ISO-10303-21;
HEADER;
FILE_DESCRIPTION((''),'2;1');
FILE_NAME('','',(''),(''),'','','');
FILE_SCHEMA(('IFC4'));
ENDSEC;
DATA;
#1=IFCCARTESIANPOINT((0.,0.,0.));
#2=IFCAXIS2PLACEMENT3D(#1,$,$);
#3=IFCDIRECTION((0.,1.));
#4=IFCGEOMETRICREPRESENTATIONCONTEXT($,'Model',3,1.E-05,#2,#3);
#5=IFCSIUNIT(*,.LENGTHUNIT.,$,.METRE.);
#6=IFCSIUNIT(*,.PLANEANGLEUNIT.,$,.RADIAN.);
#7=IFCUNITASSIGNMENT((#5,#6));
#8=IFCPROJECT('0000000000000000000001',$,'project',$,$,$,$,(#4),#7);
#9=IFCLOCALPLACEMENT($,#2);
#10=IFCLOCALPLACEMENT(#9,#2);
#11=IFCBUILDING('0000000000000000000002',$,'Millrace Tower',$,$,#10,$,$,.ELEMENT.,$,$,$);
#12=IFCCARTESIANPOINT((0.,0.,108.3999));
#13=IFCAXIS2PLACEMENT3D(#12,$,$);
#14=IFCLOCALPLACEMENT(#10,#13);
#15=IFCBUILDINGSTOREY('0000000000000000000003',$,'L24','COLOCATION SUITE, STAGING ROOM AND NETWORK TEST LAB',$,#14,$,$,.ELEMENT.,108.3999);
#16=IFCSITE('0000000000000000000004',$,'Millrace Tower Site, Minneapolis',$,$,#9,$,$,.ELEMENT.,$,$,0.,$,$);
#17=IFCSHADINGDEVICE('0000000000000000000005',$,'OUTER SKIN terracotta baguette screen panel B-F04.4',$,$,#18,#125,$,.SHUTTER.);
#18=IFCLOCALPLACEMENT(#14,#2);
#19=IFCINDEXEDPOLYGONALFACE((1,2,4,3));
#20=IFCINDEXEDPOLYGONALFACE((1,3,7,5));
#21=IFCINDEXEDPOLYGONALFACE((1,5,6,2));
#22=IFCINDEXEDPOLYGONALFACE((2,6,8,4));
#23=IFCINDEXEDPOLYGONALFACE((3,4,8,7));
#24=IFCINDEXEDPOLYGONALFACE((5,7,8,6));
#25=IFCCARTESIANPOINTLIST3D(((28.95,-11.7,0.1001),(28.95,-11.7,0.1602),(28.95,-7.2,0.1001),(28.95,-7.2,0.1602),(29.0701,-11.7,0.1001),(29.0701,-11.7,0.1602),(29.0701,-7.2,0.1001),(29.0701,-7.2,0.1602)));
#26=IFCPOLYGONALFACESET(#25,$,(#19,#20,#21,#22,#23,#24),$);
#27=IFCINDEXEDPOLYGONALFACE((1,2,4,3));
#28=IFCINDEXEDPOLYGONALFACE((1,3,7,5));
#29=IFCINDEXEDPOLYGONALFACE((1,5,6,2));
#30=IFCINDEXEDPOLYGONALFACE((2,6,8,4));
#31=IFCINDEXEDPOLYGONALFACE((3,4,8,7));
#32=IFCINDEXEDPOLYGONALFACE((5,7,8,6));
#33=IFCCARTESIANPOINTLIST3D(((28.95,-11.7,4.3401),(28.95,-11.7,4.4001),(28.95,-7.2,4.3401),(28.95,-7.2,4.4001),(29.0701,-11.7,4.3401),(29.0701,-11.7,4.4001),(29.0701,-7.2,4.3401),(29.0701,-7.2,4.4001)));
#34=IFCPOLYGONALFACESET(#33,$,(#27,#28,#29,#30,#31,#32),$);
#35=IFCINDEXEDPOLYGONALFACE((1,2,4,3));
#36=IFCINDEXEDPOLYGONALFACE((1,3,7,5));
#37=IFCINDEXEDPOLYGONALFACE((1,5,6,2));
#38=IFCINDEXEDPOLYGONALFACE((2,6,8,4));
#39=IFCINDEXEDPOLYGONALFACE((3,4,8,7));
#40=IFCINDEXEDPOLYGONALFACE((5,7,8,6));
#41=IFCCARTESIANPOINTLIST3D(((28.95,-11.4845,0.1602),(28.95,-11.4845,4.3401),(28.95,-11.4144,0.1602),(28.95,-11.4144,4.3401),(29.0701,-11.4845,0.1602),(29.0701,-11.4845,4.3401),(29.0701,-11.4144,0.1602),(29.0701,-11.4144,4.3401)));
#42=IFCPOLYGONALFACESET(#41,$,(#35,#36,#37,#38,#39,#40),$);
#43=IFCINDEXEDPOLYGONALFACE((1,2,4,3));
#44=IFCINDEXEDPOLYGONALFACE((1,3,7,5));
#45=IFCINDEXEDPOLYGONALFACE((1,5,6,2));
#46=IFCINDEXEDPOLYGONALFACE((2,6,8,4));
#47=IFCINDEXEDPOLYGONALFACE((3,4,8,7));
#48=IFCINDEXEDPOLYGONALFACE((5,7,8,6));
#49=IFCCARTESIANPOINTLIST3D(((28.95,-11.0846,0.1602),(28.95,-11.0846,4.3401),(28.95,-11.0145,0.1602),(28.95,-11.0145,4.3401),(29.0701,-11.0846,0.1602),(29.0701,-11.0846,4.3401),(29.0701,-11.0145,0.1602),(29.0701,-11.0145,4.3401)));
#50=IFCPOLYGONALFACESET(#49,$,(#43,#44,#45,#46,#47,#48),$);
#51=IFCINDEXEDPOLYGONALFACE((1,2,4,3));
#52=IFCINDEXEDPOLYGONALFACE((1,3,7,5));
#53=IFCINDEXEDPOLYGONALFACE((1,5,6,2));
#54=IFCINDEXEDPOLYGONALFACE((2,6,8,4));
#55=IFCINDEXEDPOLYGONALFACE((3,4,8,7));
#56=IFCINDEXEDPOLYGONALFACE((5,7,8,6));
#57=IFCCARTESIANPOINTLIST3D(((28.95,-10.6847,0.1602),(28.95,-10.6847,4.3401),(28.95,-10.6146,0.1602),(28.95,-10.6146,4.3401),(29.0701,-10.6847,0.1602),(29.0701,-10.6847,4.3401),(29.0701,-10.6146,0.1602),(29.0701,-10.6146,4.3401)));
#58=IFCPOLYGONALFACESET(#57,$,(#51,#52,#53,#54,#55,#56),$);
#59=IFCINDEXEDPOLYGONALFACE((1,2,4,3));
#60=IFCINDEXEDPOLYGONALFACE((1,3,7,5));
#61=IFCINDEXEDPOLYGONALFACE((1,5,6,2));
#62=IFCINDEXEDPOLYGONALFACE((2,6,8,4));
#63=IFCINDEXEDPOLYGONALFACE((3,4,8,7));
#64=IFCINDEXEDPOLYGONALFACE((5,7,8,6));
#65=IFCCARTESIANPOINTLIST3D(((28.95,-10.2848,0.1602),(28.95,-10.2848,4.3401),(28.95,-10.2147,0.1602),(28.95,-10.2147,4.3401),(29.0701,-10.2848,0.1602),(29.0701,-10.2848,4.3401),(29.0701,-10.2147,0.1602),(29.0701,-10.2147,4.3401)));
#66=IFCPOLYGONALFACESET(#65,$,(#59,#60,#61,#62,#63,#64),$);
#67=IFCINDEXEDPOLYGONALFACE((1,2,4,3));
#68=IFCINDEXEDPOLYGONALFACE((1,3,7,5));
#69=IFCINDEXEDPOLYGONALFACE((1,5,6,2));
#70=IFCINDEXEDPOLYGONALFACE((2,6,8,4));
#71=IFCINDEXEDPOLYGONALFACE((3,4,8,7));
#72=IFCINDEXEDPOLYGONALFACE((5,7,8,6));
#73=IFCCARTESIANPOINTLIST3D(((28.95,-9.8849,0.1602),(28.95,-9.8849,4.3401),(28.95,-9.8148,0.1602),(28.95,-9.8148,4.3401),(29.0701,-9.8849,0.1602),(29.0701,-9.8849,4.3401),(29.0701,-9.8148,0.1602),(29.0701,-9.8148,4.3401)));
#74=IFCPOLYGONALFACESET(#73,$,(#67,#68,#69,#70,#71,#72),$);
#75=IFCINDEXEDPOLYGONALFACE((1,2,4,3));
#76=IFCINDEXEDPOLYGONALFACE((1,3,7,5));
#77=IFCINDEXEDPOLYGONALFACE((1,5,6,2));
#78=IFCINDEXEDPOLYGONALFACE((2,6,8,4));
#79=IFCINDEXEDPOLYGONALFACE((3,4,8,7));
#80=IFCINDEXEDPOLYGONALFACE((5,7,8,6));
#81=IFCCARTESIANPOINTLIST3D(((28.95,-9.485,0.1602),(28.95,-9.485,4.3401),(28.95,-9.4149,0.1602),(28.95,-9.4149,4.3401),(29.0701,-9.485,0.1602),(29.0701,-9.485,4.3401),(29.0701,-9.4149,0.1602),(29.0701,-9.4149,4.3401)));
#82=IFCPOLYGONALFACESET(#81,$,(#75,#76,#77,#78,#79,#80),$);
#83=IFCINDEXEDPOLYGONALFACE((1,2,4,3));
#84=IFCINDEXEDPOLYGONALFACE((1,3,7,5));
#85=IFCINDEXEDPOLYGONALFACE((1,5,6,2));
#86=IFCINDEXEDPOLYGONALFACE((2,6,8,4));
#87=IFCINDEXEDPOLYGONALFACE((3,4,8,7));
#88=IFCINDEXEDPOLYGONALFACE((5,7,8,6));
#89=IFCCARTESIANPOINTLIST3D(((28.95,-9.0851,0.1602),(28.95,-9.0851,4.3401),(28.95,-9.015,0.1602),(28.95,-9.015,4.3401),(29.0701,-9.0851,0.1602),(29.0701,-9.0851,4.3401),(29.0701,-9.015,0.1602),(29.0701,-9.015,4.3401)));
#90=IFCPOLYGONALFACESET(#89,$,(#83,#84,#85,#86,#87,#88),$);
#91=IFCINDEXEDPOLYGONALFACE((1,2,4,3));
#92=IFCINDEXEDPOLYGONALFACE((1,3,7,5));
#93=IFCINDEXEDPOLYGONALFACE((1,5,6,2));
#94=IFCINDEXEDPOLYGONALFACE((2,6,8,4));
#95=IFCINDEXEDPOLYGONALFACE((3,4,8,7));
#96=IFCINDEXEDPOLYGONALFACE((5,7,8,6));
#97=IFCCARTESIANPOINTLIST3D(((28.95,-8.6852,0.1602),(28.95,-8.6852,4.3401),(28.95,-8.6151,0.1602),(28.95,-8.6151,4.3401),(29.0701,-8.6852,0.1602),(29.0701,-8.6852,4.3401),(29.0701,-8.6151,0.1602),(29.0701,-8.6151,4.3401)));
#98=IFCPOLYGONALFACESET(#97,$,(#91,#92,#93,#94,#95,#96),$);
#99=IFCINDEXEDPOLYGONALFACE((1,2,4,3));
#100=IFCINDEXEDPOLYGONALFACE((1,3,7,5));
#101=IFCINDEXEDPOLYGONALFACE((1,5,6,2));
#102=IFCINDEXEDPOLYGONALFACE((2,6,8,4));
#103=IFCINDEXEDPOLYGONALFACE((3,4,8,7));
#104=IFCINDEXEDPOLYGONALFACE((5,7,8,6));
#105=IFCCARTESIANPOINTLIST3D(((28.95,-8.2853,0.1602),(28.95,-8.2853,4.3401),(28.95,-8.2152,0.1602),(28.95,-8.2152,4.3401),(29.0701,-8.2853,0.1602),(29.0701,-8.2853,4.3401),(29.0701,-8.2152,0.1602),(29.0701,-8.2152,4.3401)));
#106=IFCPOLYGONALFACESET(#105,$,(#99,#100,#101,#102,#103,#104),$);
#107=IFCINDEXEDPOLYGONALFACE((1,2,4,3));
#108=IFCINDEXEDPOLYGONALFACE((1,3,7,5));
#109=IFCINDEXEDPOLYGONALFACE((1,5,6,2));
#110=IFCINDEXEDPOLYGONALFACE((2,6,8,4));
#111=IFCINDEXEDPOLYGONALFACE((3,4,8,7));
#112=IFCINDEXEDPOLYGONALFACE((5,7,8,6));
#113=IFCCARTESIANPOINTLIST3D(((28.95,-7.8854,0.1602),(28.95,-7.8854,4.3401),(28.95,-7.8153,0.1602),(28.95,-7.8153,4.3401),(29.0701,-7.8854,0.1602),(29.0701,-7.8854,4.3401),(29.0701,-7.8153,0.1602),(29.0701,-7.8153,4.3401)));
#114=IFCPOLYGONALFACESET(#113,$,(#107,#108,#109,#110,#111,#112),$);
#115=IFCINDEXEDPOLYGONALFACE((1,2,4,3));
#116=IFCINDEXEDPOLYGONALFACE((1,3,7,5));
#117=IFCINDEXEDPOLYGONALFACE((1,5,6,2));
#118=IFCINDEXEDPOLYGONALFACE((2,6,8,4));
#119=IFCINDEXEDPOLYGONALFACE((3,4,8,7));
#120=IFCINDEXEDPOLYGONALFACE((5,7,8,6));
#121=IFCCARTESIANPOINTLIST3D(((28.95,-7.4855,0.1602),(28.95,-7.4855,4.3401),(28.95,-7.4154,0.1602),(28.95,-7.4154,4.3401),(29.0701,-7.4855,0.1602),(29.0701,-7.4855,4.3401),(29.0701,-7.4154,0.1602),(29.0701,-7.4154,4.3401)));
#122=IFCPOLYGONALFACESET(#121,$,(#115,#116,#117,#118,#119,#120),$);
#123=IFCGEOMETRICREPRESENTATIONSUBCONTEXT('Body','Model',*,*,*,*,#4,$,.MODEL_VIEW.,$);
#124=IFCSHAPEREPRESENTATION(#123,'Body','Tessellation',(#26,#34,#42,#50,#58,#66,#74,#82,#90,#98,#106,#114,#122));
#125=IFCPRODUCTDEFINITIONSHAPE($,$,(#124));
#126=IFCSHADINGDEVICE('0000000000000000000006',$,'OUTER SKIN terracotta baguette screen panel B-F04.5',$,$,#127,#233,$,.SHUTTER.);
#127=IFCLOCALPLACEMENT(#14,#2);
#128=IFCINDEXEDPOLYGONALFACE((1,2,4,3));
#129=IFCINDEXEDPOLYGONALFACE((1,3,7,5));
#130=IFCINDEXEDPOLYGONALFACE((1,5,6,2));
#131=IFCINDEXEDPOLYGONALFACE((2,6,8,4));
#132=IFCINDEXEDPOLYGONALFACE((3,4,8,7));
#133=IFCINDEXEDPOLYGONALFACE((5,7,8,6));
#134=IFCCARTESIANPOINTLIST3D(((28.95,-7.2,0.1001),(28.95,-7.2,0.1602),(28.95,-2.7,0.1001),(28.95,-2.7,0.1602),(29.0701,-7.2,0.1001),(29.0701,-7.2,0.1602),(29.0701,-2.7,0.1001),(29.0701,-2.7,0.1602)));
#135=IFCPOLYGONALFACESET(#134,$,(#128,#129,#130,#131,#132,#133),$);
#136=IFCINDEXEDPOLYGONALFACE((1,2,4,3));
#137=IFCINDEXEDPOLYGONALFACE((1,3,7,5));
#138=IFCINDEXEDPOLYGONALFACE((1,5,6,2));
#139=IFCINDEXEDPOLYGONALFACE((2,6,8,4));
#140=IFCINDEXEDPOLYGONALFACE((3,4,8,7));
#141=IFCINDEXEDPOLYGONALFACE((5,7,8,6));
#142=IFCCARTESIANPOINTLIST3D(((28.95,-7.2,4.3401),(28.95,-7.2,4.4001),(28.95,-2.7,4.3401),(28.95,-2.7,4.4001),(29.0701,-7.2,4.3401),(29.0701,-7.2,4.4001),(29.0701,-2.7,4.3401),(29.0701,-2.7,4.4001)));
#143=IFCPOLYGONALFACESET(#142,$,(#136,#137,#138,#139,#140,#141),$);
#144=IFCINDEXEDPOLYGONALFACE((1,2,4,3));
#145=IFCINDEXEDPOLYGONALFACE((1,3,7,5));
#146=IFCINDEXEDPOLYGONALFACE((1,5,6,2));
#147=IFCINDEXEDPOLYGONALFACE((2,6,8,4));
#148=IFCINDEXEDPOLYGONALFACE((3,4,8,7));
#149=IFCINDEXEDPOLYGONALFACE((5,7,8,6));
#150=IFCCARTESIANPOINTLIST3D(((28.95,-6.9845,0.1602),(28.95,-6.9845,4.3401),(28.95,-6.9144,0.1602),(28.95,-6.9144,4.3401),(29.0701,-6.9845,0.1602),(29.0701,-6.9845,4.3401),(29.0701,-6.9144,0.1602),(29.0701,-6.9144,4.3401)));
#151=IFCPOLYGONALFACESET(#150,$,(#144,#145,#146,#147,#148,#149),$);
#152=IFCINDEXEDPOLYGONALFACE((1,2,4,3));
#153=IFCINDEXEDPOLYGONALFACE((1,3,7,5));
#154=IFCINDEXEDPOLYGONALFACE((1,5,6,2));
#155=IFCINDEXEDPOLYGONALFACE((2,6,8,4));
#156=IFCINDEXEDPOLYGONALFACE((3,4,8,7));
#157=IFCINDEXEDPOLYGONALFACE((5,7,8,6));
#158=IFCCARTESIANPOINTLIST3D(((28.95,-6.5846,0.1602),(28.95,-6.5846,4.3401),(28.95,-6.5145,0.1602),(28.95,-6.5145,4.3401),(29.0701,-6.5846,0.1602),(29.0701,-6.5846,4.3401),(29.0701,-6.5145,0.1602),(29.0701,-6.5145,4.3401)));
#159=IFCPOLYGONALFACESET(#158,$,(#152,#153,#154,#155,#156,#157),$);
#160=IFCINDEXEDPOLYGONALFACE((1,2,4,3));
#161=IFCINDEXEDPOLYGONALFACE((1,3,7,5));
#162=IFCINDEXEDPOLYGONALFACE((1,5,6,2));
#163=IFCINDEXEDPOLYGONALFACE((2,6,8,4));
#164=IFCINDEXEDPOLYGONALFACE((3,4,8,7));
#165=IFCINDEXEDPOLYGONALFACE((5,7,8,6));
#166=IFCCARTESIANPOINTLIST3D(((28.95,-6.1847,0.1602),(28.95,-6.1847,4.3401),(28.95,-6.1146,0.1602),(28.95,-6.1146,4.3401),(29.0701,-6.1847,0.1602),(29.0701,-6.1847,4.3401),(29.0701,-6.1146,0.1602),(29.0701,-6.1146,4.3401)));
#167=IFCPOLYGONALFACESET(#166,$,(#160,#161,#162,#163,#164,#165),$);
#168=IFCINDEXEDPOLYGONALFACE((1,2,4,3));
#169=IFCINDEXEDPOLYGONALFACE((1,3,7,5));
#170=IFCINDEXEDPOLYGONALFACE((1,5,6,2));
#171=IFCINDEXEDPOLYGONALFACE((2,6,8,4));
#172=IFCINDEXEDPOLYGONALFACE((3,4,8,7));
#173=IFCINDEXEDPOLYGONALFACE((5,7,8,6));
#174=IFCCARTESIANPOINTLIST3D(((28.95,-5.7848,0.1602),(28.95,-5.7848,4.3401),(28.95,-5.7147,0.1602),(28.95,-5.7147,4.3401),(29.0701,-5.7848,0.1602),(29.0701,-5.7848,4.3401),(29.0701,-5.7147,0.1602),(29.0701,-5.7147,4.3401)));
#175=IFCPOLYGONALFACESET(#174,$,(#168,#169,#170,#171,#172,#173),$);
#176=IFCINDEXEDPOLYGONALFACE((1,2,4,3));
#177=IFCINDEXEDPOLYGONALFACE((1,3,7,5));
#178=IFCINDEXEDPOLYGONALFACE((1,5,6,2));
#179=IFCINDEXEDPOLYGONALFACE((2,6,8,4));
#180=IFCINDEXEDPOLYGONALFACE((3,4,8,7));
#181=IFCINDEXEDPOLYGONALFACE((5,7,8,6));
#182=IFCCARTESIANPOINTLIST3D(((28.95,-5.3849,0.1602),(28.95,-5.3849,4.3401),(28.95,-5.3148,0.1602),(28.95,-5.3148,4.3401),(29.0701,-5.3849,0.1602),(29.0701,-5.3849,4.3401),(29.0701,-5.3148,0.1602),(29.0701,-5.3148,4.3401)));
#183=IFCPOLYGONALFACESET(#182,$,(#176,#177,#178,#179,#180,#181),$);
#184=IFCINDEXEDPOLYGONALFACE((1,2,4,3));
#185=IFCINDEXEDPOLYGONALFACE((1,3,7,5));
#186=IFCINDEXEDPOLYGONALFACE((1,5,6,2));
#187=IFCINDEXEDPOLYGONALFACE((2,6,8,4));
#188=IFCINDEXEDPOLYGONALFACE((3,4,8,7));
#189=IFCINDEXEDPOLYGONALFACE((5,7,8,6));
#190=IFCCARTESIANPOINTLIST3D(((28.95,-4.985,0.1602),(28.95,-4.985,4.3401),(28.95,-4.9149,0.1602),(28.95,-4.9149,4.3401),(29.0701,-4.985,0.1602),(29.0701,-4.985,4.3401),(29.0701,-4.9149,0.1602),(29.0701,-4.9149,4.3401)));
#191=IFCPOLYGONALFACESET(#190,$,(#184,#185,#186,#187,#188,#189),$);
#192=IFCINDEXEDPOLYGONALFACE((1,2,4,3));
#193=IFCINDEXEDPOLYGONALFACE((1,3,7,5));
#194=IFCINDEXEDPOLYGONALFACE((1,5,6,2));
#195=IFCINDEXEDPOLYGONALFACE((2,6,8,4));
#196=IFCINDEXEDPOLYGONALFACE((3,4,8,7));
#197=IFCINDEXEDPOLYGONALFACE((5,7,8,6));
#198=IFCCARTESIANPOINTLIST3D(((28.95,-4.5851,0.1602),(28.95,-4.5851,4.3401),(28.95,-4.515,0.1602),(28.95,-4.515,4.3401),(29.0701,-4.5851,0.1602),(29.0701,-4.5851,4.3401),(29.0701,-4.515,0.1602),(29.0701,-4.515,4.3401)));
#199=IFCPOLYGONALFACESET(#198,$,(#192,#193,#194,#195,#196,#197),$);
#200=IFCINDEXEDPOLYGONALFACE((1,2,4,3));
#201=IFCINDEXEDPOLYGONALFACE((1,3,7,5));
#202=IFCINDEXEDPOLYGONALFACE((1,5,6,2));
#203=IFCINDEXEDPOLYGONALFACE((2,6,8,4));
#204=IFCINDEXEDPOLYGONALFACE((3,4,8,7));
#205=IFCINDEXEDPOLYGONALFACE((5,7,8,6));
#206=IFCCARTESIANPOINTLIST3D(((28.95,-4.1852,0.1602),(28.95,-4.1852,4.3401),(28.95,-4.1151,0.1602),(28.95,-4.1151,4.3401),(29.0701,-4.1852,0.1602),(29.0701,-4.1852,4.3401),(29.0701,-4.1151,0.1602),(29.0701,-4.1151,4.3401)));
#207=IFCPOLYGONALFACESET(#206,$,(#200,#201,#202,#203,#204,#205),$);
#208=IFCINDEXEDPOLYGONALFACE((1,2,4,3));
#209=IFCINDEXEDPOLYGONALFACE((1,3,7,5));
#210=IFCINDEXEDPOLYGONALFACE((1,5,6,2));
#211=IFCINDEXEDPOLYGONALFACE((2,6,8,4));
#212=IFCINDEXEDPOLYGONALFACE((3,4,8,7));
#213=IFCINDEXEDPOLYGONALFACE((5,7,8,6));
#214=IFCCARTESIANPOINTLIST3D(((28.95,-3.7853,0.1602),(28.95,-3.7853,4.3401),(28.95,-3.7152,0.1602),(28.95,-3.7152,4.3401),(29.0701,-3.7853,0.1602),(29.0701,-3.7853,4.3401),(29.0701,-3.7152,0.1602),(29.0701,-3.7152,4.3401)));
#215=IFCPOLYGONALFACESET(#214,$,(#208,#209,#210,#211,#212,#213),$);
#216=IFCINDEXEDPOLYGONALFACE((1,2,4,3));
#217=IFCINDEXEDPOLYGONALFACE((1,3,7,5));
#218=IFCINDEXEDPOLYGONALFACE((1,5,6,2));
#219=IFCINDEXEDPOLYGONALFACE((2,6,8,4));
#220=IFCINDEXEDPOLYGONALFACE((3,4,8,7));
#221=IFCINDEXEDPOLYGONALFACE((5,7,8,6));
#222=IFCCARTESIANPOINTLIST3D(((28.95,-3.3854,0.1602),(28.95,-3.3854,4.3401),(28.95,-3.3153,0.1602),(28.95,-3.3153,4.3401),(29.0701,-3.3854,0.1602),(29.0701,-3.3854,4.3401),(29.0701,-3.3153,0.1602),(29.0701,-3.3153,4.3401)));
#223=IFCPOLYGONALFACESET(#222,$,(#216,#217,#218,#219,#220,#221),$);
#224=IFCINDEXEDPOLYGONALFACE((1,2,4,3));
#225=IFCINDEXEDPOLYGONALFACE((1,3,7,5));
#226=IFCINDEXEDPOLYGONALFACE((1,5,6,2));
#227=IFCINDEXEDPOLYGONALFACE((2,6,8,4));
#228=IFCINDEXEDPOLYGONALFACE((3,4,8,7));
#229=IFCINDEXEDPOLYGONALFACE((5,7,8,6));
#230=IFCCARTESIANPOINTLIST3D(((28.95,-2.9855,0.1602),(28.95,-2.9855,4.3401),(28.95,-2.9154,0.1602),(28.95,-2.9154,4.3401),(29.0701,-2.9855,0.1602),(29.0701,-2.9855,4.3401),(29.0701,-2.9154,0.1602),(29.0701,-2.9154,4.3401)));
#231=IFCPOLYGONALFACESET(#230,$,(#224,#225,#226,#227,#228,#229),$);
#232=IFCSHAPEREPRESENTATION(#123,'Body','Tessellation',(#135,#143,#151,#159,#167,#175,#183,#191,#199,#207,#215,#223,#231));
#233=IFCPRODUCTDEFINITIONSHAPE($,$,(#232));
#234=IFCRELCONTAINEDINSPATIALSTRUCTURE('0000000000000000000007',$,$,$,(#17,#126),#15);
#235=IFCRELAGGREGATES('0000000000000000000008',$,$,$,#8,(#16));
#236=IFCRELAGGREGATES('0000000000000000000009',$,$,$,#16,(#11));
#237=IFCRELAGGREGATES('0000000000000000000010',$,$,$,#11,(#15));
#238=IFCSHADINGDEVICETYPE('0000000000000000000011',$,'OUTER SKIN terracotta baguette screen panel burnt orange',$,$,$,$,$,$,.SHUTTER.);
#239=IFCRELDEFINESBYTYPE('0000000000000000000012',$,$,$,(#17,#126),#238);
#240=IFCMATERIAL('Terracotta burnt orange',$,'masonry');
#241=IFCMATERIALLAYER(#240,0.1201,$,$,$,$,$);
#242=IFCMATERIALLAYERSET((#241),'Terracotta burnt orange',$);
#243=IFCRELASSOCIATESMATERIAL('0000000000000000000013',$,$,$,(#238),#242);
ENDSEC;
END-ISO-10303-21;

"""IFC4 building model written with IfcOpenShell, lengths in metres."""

from ifc_helpers import new_model, entity, si_unit, direction, frame, frame_2d, origin, origin_2d, place, context, subcontext, project, spatial, rectangle, extrude, source, transform, mapped, material, layer, layer_set, type_object, element, save


model = new_model("IFC4")

# Units and contexts
model_context = context("Model", 3, precision=1e-05, world=origin(), true_north=direction((0.0, 1.0)))
body_context = subcontext(model_context, "Body", "Model", "MODEL_VIEW")
ifc_project = project(units=[si_unit("LENGTHUNIT", "METRE"), si_unit("PLANEANGLEUNIT", "RADIAN")], contexts=[model_context])

# Site, building, storey
site_placement = place(None, origin())
site = spatial("IfcSite", under=ifc_project, at=site_placement, Name="Millrace Tower Site, Minneapolis", CompositionType="ELEMENT", RefElevation=0.0)
building_placement = place(site_placement, origin())
building = spatial("IfcBuilding", under=site, at=building_placement, Name="Millrace Tower", CompositionType="ELEMENT")
storey_placement = place(building_placement, frame((0.0, 0.0, 108.3999)))
storey = spatial("IfcBuildingStorey", under=building, at=storey_placement, Name="L24", Description="COLOCATION SUITE, STAGING ROOM AND NETWORK TEST LAB", CompositionType="ELEMENT", Elevation=108.3999)

# Shading devices
ifc_material_1 = material(Name="Terracotta burnt orange", Category="masonry")
ifc_layer_1 = layer(ifc_material_1, 0.1201)
ifc_layer_set_1 = layer_set([ifc_layer_1], Name="Terracotta burnt orange")
shading_device_type = type_object("IfcShadingDeviceType", Name="OUTER SKIN terracotta baguette screen panel burnt orange", PredefinedType="SHUTTER", material=ifc_layer_set_1)
cartesian_point = entity("IfcCartesianPoint", [-2.25, 0.0601])
shared_polyline = entity("IfcPolyline", [cartesian_point, entity("IfcCartesianPoint", [2.25, 0.0601]), entity("IfcCartesianPoint", [2.25, -0.0601]), entity("IfcCartesianPoint", [-2.25, -0.0601]), cartesian_point])
shared_shape = source(origin(), body_context, "Body", "SweptSolid", [
    entity("IfcExtrudedAreaSolid", entity("IfcArbitraryClosedProfileDef", "AREA", None, shared_polyline), entity("IfcAxis2Placement3D", entity("IfcCartesianPoint", [0.0, 0.0, 0.0])), entity("IfcDirection", [0.0, 0.0, 1.0]), 0.0601),
    entity("IfcExtrudedAreaSolid", entity("IfcArbitraryClosedProfileDef", "AREA", None, shared_polyline), entity("IfcAxis2Placement3D", entity("IfcCartesianPoint", [0.0, 0.0, 4.24])), entity("IfcDirection", [0.0, 0.0, 1.0]), 0.0601),
    extrude(rectangle(XDim=0.0701, YDim=0.1201, at=frame_2d((-1.9995, 0.0))), frame((0.0, 0.0, 0.0601)), (0.0, 0.0, 1.0), 4.1799),
    extrude(rectangle(XDim=0.0701, YDim=0.1201, at=frame_2d((-1.5996, 0.0))), frame((0.0, 0.0, 0.0601)), (0.0, 0.0, 1.0), 4.1799),
    extrude(rectangle(XDim=0.0701, YDim=0.1201, at=frame_2d((-1.1997, 0.0))), frame((0.0, 0.0, 0.0601)), (0.0, 0.0, 1.0), 4.1799),
    extrude(rectangle(XDim=0.0701, YDim=0.1201, at=frame_2d((-0.7998, 0.0))), frame((0.0, 0.0, 0.0601)), (0.0, 0.0, 1.0), 4.1799),
    extrude(rectangle(XDim=0.0701, YDim=0.1201, at=frame_2d((-0.3999, 0.0))), frame((0.0, 0.0, 0.0601)), (0.0, 0.0, 1.0), 4.1799),
    extrude(rectangle(XDim=0.0701, YDim=0.1201, at=origin_2d()), frame((0.0, 0.0, 0.0601)), (0.0, 0.0, 1.0), 4.1799),
    extrude(rectangle(XDim=0.0701, YDim=0.1201, at=frame_2d((0.3999, 0.0))), frame((0.0, 0.0, 0.0601)), (0.0, 0.0, 1.0), 4.1799),
    extrude(rectangle(XDim=0.0701, YDim=0.1201, at=frame_2d((0.7998, 0.0))), frame((0.0, 0.0, 0.0601)), (0.0, 0.0, 1.0), 4.1799),
    extrude(rectangle(XDim=0.0701, YDim=0.1201, at=frame_2d((1.1997, 0.0))), frame((0.0, 0.0, 0.0601)), (0.0, 0.0, 1.0), 4.1799),
    extrude(rectangle(XDim=0.0701, YDim=0.1201, at=frame_2d((1.5996, 0.0))), frame((0.0, 0.0, 0.0601)), (0.0, 0.0, 1.0), 4.1799),
    extrude(rectangle(XDim=0.0701, YDim=0.1201, at=frame_2d((1.9995, 0.0))), frame((0.0, 0.0, 0.0601)), (0.0, 0.0, 1.0), 4.1799),
])
for number, where, z_axis, x_axis, name in (
    (1, (29.01, -9.45, 0.1001), (0.0, 0.0, 1.0), (0.0, 1.0, 0.0), "OUTER SKIN terracotta baguette screen panel B-F04.4"),
    (2, (29.01, -4.95, 0.1001), (0.0, 0.0, 1.0), (0.0, 1.0, 0.0), "OUTER SKIN terracotta baguette screen panel B-F04.5"),
):
    element("IfcShadingDevice", number, at=place(storey_placement, frame(where, z_axis=z_axis, x_axis=x_axis)), inside=storey, type_object=shading_device_type, Name=name, PredefinedType="SHUTTER", context=body_context, shape_type="MappedRepresentation", body=[
        mapped(shared_shape, transform((0.0, 0.0, 0.0), scale=1.0)),
    ])

save(model, "model.ifc")
